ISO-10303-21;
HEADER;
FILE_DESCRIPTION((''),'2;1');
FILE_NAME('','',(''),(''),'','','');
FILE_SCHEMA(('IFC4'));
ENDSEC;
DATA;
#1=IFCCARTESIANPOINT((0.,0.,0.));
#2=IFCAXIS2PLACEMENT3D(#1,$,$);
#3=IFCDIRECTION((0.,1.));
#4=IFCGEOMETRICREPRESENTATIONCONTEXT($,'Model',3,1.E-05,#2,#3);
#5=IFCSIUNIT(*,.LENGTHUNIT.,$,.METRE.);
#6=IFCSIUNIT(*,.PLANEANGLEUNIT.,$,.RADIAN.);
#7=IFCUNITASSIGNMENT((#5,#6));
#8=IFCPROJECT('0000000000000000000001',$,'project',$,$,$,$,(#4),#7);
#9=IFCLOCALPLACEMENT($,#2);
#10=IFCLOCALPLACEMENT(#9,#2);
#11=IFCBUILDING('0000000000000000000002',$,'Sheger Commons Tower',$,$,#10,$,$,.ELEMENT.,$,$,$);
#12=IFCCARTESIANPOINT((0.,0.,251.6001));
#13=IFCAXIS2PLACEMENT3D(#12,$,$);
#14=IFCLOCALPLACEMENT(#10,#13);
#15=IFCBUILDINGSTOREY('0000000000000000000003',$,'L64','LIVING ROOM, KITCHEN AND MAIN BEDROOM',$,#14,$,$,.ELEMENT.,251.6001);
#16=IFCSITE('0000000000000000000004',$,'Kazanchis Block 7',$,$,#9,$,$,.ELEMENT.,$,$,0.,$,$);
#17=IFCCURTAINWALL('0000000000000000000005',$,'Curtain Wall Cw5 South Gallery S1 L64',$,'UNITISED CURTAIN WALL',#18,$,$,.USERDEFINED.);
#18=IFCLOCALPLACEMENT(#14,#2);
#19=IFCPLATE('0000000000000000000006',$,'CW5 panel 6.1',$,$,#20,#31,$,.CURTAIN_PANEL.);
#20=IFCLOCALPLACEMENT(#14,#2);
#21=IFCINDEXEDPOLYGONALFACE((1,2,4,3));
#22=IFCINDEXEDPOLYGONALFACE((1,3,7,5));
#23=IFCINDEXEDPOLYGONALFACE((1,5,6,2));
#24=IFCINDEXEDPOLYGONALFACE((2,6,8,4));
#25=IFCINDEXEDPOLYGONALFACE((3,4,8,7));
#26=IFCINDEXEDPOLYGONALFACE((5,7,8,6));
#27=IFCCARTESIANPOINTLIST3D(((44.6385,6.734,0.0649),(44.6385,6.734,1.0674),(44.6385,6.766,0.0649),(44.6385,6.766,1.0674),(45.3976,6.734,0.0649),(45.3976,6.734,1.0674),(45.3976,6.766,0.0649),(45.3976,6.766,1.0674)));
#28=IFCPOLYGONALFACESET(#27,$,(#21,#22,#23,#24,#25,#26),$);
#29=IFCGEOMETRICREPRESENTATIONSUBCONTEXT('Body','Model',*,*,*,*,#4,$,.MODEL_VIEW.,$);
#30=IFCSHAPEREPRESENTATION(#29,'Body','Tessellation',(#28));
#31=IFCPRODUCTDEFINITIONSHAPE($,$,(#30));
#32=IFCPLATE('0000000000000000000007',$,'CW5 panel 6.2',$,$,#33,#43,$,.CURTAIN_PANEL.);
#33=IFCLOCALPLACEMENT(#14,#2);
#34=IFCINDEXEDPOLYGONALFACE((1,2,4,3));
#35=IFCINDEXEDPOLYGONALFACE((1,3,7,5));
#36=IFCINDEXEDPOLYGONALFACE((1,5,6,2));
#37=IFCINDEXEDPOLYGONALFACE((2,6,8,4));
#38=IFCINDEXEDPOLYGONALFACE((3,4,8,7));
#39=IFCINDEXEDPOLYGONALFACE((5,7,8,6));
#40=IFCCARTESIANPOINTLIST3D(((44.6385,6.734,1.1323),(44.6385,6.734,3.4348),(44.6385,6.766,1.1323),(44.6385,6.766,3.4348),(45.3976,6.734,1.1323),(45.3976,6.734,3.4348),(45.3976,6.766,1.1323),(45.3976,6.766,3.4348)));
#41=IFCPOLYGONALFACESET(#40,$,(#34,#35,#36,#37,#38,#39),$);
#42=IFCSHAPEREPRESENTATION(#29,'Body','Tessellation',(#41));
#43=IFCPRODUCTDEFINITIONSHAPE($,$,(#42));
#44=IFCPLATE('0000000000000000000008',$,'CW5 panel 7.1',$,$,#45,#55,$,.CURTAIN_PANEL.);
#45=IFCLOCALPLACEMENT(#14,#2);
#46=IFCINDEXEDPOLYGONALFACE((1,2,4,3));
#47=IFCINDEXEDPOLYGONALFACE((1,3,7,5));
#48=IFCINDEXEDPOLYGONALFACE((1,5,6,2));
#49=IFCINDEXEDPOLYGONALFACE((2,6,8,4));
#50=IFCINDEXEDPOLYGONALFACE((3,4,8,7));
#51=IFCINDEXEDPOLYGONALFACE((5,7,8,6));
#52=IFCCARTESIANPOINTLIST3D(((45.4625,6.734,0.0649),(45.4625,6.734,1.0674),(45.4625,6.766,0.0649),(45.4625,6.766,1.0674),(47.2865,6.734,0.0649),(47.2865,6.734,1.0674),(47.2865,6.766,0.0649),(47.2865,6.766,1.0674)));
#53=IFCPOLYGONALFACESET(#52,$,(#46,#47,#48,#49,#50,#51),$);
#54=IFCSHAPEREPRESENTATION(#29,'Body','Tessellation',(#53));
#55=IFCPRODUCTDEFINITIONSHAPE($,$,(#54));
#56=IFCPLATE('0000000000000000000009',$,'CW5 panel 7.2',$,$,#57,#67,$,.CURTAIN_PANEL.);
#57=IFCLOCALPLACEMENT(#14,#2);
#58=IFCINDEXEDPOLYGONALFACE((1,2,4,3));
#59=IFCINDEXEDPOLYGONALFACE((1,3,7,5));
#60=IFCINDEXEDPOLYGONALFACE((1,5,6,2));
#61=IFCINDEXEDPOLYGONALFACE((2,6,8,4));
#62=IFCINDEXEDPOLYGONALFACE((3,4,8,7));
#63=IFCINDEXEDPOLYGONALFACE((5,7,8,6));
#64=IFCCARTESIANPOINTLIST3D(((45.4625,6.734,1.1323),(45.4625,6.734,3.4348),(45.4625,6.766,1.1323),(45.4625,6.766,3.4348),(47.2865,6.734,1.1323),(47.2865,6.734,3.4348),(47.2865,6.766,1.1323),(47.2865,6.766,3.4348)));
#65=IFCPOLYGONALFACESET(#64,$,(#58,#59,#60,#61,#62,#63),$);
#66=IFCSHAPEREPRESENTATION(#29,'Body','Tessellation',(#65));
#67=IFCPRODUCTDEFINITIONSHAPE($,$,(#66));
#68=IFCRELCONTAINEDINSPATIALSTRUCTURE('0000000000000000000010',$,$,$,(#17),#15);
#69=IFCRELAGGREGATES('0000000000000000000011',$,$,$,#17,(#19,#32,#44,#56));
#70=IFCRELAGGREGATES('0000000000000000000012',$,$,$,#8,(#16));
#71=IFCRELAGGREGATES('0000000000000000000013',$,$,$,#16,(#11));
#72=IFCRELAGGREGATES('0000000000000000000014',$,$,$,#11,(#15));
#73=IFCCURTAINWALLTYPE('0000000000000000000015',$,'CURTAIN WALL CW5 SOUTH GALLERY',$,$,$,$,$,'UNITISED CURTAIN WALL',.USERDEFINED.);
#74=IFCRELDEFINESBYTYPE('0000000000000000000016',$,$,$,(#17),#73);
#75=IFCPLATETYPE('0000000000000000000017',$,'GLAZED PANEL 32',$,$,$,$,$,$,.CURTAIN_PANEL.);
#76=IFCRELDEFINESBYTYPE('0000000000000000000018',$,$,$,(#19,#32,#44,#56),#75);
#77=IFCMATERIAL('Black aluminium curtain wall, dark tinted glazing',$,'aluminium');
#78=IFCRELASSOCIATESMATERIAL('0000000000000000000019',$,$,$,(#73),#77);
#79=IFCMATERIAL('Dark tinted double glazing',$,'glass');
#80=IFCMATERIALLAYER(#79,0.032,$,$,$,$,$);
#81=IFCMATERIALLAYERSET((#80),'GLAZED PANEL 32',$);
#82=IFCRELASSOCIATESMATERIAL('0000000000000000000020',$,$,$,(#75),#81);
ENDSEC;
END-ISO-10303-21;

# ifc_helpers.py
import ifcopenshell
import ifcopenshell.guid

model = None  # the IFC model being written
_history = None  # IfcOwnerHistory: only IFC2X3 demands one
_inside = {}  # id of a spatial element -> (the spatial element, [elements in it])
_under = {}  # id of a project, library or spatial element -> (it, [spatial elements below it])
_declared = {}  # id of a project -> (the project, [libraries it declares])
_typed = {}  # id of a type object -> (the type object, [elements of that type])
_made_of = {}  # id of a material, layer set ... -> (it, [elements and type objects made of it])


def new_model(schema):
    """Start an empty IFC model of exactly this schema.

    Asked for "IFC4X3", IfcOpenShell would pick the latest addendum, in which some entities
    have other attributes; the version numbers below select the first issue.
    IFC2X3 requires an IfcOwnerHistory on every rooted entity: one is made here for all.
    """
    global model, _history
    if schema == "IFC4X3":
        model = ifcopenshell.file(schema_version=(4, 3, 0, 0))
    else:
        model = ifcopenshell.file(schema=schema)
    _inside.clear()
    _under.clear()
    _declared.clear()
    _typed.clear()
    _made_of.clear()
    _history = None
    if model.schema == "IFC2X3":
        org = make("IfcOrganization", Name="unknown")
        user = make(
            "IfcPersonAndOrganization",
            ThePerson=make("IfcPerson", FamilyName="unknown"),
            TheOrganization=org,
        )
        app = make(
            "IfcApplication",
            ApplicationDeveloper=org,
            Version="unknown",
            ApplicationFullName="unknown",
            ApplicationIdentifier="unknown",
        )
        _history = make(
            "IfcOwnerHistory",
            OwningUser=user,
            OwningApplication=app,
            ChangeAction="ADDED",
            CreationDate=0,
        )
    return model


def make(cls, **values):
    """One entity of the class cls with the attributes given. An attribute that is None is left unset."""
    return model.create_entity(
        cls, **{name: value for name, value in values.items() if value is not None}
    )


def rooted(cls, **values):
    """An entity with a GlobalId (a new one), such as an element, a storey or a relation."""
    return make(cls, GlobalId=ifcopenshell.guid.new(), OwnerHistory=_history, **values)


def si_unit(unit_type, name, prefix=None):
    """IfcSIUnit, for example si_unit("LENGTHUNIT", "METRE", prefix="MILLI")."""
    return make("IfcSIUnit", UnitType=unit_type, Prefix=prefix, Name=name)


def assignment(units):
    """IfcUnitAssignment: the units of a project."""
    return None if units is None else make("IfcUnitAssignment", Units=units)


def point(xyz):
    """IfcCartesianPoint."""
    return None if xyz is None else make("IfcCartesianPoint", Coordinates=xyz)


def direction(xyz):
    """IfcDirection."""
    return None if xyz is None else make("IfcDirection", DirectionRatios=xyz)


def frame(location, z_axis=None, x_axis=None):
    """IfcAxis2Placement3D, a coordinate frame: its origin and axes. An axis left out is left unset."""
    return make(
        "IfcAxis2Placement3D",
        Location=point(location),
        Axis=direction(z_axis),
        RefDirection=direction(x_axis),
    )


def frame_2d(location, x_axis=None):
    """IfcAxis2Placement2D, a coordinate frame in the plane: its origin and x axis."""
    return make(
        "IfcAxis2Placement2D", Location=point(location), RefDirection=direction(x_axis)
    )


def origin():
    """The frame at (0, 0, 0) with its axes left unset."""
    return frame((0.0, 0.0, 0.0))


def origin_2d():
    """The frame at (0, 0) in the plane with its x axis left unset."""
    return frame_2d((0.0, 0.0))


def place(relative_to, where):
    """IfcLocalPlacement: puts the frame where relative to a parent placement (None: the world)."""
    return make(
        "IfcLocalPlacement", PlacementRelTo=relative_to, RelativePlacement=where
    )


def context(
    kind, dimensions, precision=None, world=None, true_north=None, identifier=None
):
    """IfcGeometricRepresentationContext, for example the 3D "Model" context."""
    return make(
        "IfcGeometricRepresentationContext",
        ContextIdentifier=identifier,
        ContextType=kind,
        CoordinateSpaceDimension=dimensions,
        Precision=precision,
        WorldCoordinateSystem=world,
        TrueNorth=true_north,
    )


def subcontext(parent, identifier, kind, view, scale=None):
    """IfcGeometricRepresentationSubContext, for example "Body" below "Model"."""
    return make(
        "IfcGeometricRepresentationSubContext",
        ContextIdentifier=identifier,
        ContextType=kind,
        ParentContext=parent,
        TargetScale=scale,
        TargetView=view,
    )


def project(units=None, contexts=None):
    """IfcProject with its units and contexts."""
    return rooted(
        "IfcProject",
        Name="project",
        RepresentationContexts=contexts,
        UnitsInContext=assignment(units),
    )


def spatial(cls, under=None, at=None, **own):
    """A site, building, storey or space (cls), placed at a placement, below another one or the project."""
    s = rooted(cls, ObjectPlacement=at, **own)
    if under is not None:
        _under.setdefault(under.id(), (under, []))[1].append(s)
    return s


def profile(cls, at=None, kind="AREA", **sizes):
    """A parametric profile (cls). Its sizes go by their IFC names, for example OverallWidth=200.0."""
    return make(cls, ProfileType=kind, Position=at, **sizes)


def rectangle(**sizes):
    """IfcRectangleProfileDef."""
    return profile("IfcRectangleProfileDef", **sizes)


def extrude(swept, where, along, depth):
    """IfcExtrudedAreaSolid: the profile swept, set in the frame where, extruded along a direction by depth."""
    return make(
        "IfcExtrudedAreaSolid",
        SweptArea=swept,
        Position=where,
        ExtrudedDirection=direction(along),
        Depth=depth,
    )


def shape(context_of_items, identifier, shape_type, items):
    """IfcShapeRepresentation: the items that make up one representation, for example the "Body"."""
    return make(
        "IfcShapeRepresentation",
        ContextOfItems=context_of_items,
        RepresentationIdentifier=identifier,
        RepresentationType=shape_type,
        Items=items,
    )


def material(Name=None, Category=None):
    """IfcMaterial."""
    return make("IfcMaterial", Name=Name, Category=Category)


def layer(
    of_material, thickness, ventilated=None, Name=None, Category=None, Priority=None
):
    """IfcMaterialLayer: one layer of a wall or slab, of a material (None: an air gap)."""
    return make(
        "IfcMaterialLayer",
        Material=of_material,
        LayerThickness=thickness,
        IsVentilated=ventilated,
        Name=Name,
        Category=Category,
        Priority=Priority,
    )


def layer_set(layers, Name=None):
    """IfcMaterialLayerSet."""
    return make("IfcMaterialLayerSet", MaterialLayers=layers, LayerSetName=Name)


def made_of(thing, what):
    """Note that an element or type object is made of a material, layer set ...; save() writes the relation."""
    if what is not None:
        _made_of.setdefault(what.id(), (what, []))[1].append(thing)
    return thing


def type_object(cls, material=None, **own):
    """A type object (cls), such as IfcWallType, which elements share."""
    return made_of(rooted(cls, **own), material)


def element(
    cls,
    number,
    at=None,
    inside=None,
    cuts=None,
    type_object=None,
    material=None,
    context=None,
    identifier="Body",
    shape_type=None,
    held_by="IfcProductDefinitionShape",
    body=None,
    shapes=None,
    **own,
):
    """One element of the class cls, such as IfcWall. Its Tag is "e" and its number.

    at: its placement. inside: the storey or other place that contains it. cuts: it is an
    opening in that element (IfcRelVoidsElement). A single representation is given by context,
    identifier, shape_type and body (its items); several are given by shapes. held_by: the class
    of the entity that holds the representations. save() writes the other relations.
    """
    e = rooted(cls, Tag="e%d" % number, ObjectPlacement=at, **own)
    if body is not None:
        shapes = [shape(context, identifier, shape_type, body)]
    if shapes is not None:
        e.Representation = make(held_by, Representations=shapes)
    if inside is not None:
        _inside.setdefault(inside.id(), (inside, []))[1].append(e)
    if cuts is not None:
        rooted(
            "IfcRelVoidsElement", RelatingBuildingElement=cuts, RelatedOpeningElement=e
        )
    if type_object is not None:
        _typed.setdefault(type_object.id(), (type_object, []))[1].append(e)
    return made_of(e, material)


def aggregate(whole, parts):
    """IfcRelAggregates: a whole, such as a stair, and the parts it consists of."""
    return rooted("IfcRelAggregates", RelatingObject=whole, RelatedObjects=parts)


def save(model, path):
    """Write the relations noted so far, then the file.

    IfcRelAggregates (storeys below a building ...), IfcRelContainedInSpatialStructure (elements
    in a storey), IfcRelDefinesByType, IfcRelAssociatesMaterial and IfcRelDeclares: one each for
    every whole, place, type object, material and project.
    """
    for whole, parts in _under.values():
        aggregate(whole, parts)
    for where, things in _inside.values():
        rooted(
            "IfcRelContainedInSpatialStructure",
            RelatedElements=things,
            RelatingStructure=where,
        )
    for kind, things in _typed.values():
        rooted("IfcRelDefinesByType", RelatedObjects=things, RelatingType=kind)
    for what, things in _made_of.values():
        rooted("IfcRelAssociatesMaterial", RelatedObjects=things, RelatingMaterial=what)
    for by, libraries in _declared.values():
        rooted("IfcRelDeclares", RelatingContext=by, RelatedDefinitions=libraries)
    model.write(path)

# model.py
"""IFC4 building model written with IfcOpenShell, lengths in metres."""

from ifc_helpers import new_model, si_unit, direction, frame, origin, origin_2d, place, context, subcontext, project, spatial, rectangle, extrude, material, layer, layer_set, type_object, element, aggregate, save


model = new_model("IFC4")

# Units and contexts
model_context = context("Model", 3, precision=1e-05, world=origin(), true_north=direction((0.0, 1.0)))
body_context = subcontext(model_context, "Body", "Model", "MODEL_VIEW")
ifc_project = project(units=[si_unit("LENGTHUNIT", "METRE"), si_unit("PLANEANGLEUNIT", "RADIAN")], contexts=[model_context])

# Site, building, storey
site_placement = place(None, origin())
site = spatial("IfcSite", under=ifc_project, at=site_placement, Name="Kazanchis Block 7", CompositionType="ELEMENT", RefElevation=0.0)
building_placement = place(site_placement, origin())
building = spatial("IfcBuilding", under=site, at=building_placement, Name="Sheger Commons Tower", CompositionType="ELEMENT")
storey_placement = place(building_placement, frame((0.0, 0.0, 251.6001)))
storey = spatial("IfcBuildingStorey", under=building, at=storey_placement, Name="L64", Description="LIVING ROOM, KITCHEN AND MAIN BEDROOM", CompositionType="ELEMENT", Elevation=251.6001)

# Curtain wall, plates
ifc_material_1 = material(Name="Black aluminium curtain wall, dark tinted glazing", Category="aluminium")
curtain_wall_type = type_object("IfcCurtainWallType", Name="CURTAIN WALL CW5 SOUTH GALLERY", ElementType="UNITISED CURTAIN WALL", PredefinedType="USERDEFINED", material=ifc_material_1)
curtain_wall_placement = place(storey_placement, origin())
curtain_wall = element("IfcCurtainWall", 1, at=curtain_wall_placement, inside=storey, type_object=curtain_wall_type, Name="Curtain Wall Cw5 South Gallery S1 L64", ObjectType="UNITISED CURTAIN WALL", PredefinedType="USERDEFINED")
ifc_material_2 = material(Name="Dark tinted double glazing", Category="glass")
ifc_layer = layer(ifc_material_2, 0.032)
ifc_layer_set = layer_set([ifc_layer], Name="GLAZED PANEL 32")
plate_type = type_object("IfcPlateType", Name="GLAZED PANEL 32", PredefinedType="CURTAIN_PANEL", material=ifc_layer_set)
plate_1_placement = place(storey_placement, frame((45.0181, 6.75, 0.0649), z_axis=(0.0, 0.0, 1.0), x_axis=(1.0, 0.0, 0.0)))
plate_1 = element("IfcPlate", 2, at=plate_1_placement, type_object=plate_type, Name="CW5 panel 6.1", PredefinedType="CURTAIN_PANEL", context=body_context, shape_type="SweptSolid", body=[
    extrude(rectangle(XDim=0.759, YDim=0.032, at=origin_2d()), origin(), (0.0, 0.0, 1.0), 1.0024),
])
plate_2_placement = place(storey_placement, frame((45.0181, 6.75, 1.1323), z_axis=(0.0, 0.0, 1.0), x_axis=(1.0, 0.0, 0.0)))
plate_2 = element("IfcPlate", 3, at=plate_2_placement, type_object=plate_type, Name="CW5 panel 6.2", PredefinedType="CURTAIN_PANEL", context=body_context, shape_type="SweptSolid", body=[
    extrude(rectangle(XDim=0.759, YDim=0.032, at=origin_2d()), origin(), (0.0, 0.0, 1.0), 2.3025),
])
plate_3_placement = place(storey_placement, frame((46.3745, 6.75, 0.0649), z_axis=(0.0, 0.0, 1.0), x_axis=(1.0, 0.0, 0.0)))
plate_3 = element("IfcPlate", 4, at=plate_3_placement, type_object=plate_type, Name="CW5 panel 7.1", PredefinedType="CURTAIN_PANEL", context=body_context, shape_type="SweptSolid", body=[
    extrude(rectangle(XDim=1.824, YDim=0.032, at=origin_2d()), origin(), (0.0, 0.0, 1.0), 1.0024),
])
plate_4_placement = place(storey_placement, frame((46.3745, 6.75, 1.1323), z_axis=(0.0, 0.0, 1.0), x_axis=(1.0, 0.0, 0.0)))
plate_4 = element("IfcPlate", 5, at=plate_4_placement, type_object=plate_type, Name="CW5 panel 7.2", PredefinedType="CURTAIN_PANEL", context=body_context, shape_type="SweptSolid", body=[
    extrude(rectangle(XDim=1.824, YDim=0.032, at=origin_2d()), origin(), (0.0, 0.0, 1.0), 2.3025),
])
aggregate(curtain_wall, [plate_1, plate_2, plate_3, plate_4])

save(model, "model.ifc")
